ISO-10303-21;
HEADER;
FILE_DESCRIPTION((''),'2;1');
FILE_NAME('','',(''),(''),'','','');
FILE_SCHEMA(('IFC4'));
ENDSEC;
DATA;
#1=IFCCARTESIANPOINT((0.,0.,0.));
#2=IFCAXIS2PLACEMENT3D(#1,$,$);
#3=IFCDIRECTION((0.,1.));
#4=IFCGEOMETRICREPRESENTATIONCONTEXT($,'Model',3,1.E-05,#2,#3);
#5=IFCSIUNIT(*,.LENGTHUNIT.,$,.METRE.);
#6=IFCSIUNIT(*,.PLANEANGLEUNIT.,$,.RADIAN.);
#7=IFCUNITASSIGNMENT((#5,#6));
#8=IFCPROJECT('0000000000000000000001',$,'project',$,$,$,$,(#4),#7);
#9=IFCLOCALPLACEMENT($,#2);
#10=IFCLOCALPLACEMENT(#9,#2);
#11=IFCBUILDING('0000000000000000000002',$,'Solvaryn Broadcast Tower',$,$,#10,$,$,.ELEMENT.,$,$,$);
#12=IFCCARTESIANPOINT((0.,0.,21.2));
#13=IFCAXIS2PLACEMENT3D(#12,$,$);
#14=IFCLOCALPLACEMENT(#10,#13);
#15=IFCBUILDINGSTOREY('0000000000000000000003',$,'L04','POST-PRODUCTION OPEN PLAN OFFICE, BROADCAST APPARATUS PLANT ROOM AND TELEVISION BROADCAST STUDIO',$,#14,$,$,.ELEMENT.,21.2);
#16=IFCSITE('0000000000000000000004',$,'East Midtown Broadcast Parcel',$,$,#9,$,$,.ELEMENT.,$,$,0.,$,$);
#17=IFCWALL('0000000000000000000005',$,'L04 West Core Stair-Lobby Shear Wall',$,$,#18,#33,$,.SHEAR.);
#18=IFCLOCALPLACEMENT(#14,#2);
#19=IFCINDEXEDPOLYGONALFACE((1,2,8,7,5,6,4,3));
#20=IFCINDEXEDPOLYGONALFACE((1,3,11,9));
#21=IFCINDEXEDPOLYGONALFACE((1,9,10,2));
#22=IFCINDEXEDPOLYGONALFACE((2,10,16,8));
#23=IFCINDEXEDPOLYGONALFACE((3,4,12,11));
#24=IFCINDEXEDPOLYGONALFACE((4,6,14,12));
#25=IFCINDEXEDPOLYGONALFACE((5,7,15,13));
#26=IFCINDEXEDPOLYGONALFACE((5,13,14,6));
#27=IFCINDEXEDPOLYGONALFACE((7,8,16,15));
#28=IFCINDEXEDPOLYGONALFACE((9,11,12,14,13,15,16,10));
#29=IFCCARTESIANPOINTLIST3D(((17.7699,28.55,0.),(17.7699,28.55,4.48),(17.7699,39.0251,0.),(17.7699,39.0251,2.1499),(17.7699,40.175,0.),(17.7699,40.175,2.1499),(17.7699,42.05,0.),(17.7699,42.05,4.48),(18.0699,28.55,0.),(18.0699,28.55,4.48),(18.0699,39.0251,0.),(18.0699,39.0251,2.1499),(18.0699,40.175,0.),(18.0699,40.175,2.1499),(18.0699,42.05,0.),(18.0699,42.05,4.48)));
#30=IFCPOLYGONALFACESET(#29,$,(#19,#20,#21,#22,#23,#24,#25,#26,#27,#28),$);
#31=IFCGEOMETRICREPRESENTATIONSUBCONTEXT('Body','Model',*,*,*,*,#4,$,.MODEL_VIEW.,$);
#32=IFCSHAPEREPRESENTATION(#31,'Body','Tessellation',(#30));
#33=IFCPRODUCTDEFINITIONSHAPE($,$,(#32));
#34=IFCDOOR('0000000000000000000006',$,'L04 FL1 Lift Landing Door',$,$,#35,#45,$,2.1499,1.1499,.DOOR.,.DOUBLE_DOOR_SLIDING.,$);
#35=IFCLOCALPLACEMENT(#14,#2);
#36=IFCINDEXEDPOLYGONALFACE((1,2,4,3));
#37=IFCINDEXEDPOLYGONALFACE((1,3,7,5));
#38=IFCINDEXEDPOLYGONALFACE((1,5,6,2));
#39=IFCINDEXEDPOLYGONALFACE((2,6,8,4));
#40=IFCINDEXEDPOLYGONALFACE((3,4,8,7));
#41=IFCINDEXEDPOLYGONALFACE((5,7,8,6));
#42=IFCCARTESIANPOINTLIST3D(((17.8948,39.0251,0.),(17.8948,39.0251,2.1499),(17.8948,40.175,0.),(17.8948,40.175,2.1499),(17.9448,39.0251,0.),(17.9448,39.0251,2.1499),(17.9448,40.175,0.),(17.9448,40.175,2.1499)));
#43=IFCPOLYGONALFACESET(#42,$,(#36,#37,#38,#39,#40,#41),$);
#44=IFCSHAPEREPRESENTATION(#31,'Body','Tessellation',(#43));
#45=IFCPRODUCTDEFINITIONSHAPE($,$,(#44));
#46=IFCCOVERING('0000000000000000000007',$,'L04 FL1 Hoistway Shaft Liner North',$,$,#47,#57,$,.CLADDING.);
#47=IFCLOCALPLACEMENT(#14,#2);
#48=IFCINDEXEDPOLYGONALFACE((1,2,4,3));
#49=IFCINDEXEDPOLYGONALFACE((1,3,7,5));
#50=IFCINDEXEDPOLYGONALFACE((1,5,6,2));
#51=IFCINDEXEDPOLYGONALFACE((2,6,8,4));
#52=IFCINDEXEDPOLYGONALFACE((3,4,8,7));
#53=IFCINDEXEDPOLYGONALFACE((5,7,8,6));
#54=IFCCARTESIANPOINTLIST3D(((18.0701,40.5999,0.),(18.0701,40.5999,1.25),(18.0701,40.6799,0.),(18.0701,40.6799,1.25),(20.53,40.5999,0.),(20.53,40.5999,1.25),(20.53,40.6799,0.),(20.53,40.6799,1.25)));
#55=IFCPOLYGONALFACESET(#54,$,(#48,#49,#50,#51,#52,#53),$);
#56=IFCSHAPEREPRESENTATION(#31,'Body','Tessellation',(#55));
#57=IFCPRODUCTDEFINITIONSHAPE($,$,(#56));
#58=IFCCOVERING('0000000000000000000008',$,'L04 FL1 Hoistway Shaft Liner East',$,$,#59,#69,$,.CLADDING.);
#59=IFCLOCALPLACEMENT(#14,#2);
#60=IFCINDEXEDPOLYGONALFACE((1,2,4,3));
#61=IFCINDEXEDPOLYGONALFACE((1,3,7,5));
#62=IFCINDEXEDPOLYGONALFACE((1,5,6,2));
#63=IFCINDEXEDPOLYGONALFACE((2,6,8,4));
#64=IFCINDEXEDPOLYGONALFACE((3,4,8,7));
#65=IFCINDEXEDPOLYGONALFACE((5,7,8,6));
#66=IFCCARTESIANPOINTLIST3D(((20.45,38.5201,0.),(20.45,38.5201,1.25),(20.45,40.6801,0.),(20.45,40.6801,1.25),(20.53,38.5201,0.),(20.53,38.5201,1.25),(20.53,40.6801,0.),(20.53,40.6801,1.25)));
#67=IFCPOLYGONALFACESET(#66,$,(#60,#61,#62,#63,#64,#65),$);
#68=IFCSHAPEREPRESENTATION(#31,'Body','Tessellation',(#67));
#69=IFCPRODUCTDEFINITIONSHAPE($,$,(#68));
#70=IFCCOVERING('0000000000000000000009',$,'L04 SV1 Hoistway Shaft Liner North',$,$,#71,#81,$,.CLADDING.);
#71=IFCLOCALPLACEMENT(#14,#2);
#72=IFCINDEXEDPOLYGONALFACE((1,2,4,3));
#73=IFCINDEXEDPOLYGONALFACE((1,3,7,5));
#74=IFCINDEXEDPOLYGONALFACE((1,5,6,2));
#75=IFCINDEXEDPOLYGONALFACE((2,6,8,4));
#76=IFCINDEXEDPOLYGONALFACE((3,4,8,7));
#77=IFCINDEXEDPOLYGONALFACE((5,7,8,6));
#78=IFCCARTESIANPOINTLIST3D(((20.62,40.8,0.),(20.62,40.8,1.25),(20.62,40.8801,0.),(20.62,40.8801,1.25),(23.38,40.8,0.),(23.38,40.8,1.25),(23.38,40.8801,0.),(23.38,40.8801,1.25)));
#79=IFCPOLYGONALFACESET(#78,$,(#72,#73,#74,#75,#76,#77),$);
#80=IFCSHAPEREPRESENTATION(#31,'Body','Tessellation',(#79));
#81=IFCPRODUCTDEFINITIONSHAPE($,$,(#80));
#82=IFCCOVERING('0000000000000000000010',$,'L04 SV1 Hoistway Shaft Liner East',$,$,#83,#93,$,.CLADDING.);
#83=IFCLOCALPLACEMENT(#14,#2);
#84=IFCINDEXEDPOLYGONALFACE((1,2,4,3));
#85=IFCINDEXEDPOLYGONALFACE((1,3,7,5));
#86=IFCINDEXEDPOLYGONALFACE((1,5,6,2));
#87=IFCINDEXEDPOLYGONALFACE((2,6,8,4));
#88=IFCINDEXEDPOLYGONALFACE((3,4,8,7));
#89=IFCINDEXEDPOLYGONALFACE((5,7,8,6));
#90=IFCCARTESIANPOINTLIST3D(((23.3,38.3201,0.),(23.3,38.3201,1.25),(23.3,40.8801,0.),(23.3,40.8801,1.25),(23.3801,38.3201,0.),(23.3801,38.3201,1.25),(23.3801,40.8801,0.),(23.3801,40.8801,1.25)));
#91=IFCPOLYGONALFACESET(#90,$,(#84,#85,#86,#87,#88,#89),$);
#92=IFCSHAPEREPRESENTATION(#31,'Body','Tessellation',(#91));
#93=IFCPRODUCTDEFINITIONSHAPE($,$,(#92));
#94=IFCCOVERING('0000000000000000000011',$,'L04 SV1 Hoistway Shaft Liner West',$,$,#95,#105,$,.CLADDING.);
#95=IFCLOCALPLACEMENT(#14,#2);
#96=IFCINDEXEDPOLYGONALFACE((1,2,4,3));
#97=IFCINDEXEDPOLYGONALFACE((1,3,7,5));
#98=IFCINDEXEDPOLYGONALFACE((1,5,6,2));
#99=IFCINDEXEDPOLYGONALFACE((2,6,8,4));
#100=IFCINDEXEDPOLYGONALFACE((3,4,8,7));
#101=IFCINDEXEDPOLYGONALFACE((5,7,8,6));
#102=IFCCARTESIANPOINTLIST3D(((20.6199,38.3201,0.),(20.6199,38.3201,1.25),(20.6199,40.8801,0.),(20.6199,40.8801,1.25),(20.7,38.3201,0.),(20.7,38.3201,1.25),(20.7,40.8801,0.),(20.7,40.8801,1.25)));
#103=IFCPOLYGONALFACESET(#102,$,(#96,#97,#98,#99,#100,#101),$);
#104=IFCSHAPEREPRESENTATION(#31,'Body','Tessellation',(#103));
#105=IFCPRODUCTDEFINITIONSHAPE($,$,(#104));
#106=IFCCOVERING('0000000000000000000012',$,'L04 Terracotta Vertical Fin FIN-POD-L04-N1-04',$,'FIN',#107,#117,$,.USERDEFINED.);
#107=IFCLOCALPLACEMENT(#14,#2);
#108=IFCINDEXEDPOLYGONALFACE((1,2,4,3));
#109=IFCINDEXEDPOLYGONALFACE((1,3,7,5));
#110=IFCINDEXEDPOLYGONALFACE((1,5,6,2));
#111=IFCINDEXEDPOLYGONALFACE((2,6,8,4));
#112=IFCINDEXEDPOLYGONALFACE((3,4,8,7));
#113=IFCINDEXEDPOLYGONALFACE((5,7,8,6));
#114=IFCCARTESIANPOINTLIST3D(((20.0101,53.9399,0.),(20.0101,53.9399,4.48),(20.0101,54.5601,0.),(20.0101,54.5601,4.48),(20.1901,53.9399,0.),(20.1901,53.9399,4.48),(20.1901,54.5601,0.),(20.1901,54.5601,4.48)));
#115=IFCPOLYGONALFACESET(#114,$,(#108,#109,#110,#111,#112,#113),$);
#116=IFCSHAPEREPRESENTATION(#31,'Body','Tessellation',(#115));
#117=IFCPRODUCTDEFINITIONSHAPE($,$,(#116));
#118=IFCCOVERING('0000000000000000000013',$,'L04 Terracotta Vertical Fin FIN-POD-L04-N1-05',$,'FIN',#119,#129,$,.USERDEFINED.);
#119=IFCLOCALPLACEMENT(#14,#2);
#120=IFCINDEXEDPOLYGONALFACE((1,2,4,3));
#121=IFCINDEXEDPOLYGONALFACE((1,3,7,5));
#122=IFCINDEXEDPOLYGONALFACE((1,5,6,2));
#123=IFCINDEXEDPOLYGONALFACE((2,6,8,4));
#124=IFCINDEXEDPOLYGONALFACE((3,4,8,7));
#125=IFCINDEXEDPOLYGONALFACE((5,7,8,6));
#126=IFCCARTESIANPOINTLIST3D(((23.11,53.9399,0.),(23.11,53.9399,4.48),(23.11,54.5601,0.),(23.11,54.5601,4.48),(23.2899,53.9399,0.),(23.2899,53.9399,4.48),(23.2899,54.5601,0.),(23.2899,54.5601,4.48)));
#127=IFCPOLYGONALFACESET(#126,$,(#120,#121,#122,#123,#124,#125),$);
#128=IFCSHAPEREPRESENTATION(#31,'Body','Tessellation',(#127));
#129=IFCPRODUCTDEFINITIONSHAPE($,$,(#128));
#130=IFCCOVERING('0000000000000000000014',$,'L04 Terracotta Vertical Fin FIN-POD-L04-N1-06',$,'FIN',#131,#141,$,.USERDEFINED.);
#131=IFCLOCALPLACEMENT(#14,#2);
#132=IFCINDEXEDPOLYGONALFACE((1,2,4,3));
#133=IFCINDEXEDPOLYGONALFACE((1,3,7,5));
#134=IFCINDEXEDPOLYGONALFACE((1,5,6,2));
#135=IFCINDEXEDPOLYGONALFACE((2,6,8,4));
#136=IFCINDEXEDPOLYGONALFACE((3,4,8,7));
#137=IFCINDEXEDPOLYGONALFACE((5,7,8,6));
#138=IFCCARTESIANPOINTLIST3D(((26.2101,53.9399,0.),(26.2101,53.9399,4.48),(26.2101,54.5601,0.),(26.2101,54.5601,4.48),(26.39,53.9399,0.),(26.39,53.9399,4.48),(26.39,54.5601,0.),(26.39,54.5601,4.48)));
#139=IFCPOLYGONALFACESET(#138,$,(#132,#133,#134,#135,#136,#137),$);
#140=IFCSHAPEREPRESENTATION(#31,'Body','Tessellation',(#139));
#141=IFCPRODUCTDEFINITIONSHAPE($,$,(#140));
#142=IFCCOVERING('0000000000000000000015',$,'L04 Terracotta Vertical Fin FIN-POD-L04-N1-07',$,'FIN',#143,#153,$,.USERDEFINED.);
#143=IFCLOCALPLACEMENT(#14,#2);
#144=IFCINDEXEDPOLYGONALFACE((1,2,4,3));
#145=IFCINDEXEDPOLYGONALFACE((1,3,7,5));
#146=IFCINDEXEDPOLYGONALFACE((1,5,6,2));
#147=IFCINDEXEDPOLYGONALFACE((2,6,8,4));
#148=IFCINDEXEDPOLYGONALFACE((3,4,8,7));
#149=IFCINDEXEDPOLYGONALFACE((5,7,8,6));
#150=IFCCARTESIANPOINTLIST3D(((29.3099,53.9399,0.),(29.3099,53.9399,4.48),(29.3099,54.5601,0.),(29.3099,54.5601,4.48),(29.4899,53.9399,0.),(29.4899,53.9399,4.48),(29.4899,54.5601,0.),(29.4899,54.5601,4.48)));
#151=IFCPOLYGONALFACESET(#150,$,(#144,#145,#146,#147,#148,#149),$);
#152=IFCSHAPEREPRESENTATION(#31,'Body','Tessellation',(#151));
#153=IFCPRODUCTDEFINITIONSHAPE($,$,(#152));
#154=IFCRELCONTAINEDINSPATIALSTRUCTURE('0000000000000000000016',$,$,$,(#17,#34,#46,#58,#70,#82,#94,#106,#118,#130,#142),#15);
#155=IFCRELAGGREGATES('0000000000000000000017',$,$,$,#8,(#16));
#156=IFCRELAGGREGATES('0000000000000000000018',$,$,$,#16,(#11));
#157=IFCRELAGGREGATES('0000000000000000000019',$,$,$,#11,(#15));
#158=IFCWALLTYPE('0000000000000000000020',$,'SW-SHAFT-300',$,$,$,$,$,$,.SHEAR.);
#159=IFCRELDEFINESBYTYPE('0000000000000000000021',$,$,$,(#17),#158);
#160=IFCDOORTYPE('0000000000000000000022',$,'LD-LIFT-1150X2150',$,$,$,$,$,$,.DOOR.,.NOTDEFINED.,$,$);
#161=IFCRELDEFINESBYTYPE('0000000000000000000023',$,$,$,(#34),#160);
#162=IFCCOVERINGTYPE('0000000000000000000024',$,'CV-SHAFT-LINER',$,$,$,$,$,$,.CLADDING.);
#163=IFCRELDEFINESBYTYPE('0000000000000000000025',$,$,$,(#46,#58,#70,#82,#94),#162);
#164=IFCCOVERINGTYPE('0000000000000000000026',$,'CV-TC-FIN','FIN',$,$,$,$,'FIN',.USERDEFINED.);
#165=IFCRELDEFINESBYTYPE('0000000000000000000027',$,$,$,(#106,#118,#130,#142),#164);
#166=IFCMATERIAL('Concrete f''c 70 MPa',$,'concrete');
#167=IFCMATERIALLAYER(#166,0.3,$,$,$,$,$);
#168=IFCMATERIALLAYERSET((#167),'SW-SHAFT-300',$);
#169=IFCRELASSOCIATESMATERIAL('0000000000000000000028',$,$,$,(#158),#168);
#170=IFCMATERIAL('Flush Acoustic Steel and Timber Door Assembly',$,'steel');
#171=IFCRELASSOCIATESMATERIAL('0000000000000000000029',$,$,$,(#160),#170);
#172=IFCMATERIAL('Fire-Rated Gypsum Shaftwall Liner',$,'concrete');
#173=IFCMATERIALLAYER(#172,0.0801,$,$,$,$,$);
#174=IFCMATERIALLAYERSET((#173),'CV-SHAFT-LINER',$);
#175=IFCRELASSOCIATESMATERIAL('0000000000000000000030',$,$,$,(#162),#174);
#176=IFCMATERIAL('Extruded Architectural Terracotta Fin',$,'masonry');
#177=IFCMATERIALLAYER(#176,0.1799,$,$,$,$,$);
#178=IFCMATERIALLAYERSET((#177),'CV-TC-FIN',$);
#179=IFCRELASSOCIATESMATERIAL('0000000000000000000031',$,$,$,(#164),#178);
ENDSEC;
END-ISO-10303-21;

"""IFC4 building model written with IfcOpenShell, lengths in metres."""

from ifc_helpers import new_model, si_unit, direction, frame, frame_2d, origin, origin_2d, place, context, subcontext, project, spatial, rectangle, extrude, material, layer, layer_set, type_object, element, fill, save


model = new_model("IFC4")

# Units and contexts
model_context = context("Model", 3, precision=1e-05, world=origin(), true_north=direction((0.0, 1.0)))
body_context = subcontext(model_context, "Body", "Model", "MODEL_VIEW")
ifc_project = project(units=[si_unit("LENGTHUNIT", "METRE"), si_unit("PLANEANGLEUNIT", "RADIAN")], contexts=[model_context])

# Site, building, storey
site_placement = place(None, origin())
site = spatial("IfcSite", under=ifc_project, at=site_placement, Name="East Midtown Broadcast Parcel", CompositionType="ELEMENT", RefElevation=0.0)
building_placement = place(site_placement, origin())
building = spatial("IfcBuilding", under=site, at=building_placement, Name="Solvaryn Broadcast Tower", CompositionType="ELEMENT")
storey_placement = place(building_placement, frame((0.0, 0.0, 21.2)))
storey = spatial("IfcBuildingStorey", under=building, at=storey_placement, Name="L04", Description="POST-PRODUCTION OPEN PLAN OFFICE, BROADCAST APPARATUS PLANT ROOM AND TELEVISION BROADCAST STUDIO", CompositionType="ELEMENT", Elevation=21.2)

# Wall, opening, door
ifc_material_1 = material(Name="Concrete f'c 70 MPa", Category="concrete")
ifc_layer_1 = layer(ifc_material_1, 0.3)
ifc_layer_set_1 = layer_set([ifc_layer_1], Name="SW-SHAFT-300")
wall_type_1 = type_object("IfcWallType", Name="SW-SHAFT-300", PredefinedType="SHEAR", material=ifc_layer_set_1)
wall_1_placement = place(storey_placement, frame((17.9199, 42.05, 0.0), z_axis=(0.0, 0.0, 1.0), x_axis=(0.0, -1.0, 0.0)))
wall_1 = element("IfcWall", 1, at=wall_1_placement, inside=storey, type_object=wall_type_1, Name="L04 West Core Stair-Lobby Shear Wall", PredefinedType="SHEAR", context=body_context, shape_type="SweptSolid", body=[
    extrude(rectangle(XDim=13.5, YDim=0.3, at=frame_2d((6.75, 0.0))), origin(), (0.0, 0.0, 1.0), 4.48),
])
opening_1_placement = place(wall_1_placement, frame((1.875, 0.0, 0.0)))
opening_1 = element("IfcOpeningElement", 2, at=opening_1_placement, cuts=wall_1, PredefinedType="OPENING", context=body_context, shape_type="SweptSolid", body=[
    extrude(rectangle(XDim=1.1499, YDim=2.1499, at=frame_2d((0.575, 1.075))), frame((0.0, 0.1599, 0.0), z_axis=(0.0, -1.0, 0.0), x_axis=(1.0, 0.0, 0.0)), (0.0, 0.0, 1.0), 0.3201),
])
ifc_material_2 = material(Name="Flush Acoustic Steel and Timber Door Assembly", Category="steel")
door_type_1 = type_object("IfcDoorType", Name="LD-LIFT-1150X2150", OperationType="NOTDEFINED", PredefinedType="DOOR", material=ifc_material_2)
door_1_placement = place(opening_1_placement, origin())
door_1 = element("IfcDoor", 3, at=door_1_placement, inside=storey, type_object=door_type_1, Name="L04 FL1 Lift Landing Door", OperationType="DOUBLE_DOOR_SLIDING", OverallHeight=2.1499, OverallWidth=1.1499, PredefinedType="DOOR", context=body_context, shape_type="SweptSolid", body=[
    extrude(rectangle(XDim=1.1499, YDim=2.1499, at=frame_2d((0.575, 1.075))), frame((0.0, 0.0249, 0.0), z_axis=(0.0, -1.0, 0.0), x_axis=(1.0, 0.0, 0.0)), (0.0, 0.0, 1.0), 0.05),
])
fill(opening_1, door_1)

# Coverings
ifc_material_3 = material(Name="Fire-Rated Gypsum Shaftwall Liner", Category="concrete")
ifc_layer_2 = layer(ifc_material_3, 0.0801)
ifc_layer_set_2 = layer_set([ifc_layer_2], Name="CV-SHAFT-LINER")
covering_type_1 = type_object("IfcCoveringType", Name="CV-SHAFT-LINER", PredefinedType="CLADDING", material=ifc_layer_set_2)
covering_1_placement = place(storey_placement, frame((19.3, 40.6399, 0.0), z_axis=(0.0, 0.0, 1.0), x_axis=(1.0, 0.0, 0.0)))
element("IfcCovering", 4, at=covering_1_placement, inside=storey, type_object=covering_type_1, Name="L04 FL1 Hoistway Shaft Liner North", PredefinedType="CLADDING", context=body_context, shape_type="SweptSolid", body=[
    extrude(rectangle(XDim=2.46, YDim=0.0801, at=origin_2d()), origin(), (0.0, 0.0, 1.0), 1.25),
])
covering_2_placement = place(storey_placement, frame((20.49, 39.6001, 0.0), z_axis=(0.0, 0.0, 1.0), x_axis=(1.0, 0.0, 0.0)))
element("IfcCovering", 5, at=covering_2_placement, inside=storey, type_object=covering_type_1, Name="L04 FL1 Hoistway Shaft Liner East", PredefinedType="CLADDING", context=body_context, shape_type="SweptSolid", body=[
    extrude(rectangle(XDim=0.0801, YDim=2.1599, at=origin_2d()), origin(), (0.0, 0.0, 1.0), 1.25),
])
covering_3_placement = place(storey_placement, frame((22.0, 40.8401, 0.0), z_axis=(0.0, 0.0, 1.0), x_axis=(1.0, 0.0, 0.0)))
element("IfcCovering", 6, at=covering_3_placement, inside=storey, type_object=covering_type_1, Name="L04 SV1 Hoistway Shaft Liner North", PredefinedType="CLADDING", context=body_context, shape_type="SweptSolid", body=[
    extrude(rectangle(XDim=2.76, YDim=0.0801, at=origin_2d()), origin(), (0.0, 0.0, 1.0), 1.25),
])
for number, where, z_axis, x_axis, name in (
    (7, (23.3401, 39.6001, 0.0), (0.0, 0.0, 1.0), (1.0, 0.0, 0.0), "L04 SV1 Hoistway Shaft Liner East"),
    (8, (20.6599, 39.6001, 0.0), (0.0, 0.0, 1.0), (1.0, 0.0, 0.0), "L04 SV1 Hoistway Shaft Liner West"),
):
    element("IfcCovering", number, at=place(storey_placement, frame(where, z_axis=z_axis, x_axis=x_axis)), inside=storey, type_object=covering_type_1, Name=name, PredefinedType="CLADDING", context=body_context, shape_type="SweptSolid", body=[
        extrude(rectangle(XDim=0.0801, YDim=2.5601, at=origin_2d()), origin(), (0.0, 0.0, 1.0), 1.25),
    ])
ifc_material_4 = material(Name="Extruded Architectural Terracotta Fin", Category="masonry")
ifc_layer_3 = layer(ifc_material_4, 0.1799)
ifc_layer_set_3 = layer_set([ifc_layer_3], Name="CV-TC-FIN")
covering_type_2 = type_object("IfcCoveringType", Name="CV-TC-FIN", Description="FIN", ElementType="FIN", PredefinedType="USERDEFINED", material=ifc_layer_set_3)
for number, where, z_axis, x_axis, name in (
    (9, (20.1001, 54.25, 0.0), (0.0, 0.0, 1.0), (1.0, 0.0, 0.0), "L04 Terracotta Vertical Fin FIN-POD-L04-N1-04"),
    (10, (23.2, 54.25, 0.0), (0.0, 0.0, 1.0), (1.0, 0.0, 0.0), "L04 Terracotta Vertical Fin FIN-POD-L04-N1-05"),
    (11, (26.3, 54.25, 0.0), (0.0, 0.0, 1.0), (1.0, 0.0, 0.0), "L04 Terracotta Vertical Fin FIN-POD-L04-N1-06"),
    (12, (29.3999, 54.25, 0.0), (0.0, 0.0, 1.0), (1.0, 0.0, 0.0), "L04 Terracotta Vertical Fin FIN-POD-L04-N1-07"),
):
    element("IfcCovering", number, at=place(storey_placement, frame(where, z_axis=z_axis, x_axis=x_axis)), inside=storey, type_object=covering_type_2, Name=name, ObjectType="FIN", PredefinedType="USERDEFINED", context=body_context, shape_type="SweptSolid", body=[
        extrude(rectangle(XDim=0.1799, YDim=0.6201, at=origin_2d()), origin(), (0.0, 0.0, 1.0), 4.48),
    ])

save(model, "model.ifc")
